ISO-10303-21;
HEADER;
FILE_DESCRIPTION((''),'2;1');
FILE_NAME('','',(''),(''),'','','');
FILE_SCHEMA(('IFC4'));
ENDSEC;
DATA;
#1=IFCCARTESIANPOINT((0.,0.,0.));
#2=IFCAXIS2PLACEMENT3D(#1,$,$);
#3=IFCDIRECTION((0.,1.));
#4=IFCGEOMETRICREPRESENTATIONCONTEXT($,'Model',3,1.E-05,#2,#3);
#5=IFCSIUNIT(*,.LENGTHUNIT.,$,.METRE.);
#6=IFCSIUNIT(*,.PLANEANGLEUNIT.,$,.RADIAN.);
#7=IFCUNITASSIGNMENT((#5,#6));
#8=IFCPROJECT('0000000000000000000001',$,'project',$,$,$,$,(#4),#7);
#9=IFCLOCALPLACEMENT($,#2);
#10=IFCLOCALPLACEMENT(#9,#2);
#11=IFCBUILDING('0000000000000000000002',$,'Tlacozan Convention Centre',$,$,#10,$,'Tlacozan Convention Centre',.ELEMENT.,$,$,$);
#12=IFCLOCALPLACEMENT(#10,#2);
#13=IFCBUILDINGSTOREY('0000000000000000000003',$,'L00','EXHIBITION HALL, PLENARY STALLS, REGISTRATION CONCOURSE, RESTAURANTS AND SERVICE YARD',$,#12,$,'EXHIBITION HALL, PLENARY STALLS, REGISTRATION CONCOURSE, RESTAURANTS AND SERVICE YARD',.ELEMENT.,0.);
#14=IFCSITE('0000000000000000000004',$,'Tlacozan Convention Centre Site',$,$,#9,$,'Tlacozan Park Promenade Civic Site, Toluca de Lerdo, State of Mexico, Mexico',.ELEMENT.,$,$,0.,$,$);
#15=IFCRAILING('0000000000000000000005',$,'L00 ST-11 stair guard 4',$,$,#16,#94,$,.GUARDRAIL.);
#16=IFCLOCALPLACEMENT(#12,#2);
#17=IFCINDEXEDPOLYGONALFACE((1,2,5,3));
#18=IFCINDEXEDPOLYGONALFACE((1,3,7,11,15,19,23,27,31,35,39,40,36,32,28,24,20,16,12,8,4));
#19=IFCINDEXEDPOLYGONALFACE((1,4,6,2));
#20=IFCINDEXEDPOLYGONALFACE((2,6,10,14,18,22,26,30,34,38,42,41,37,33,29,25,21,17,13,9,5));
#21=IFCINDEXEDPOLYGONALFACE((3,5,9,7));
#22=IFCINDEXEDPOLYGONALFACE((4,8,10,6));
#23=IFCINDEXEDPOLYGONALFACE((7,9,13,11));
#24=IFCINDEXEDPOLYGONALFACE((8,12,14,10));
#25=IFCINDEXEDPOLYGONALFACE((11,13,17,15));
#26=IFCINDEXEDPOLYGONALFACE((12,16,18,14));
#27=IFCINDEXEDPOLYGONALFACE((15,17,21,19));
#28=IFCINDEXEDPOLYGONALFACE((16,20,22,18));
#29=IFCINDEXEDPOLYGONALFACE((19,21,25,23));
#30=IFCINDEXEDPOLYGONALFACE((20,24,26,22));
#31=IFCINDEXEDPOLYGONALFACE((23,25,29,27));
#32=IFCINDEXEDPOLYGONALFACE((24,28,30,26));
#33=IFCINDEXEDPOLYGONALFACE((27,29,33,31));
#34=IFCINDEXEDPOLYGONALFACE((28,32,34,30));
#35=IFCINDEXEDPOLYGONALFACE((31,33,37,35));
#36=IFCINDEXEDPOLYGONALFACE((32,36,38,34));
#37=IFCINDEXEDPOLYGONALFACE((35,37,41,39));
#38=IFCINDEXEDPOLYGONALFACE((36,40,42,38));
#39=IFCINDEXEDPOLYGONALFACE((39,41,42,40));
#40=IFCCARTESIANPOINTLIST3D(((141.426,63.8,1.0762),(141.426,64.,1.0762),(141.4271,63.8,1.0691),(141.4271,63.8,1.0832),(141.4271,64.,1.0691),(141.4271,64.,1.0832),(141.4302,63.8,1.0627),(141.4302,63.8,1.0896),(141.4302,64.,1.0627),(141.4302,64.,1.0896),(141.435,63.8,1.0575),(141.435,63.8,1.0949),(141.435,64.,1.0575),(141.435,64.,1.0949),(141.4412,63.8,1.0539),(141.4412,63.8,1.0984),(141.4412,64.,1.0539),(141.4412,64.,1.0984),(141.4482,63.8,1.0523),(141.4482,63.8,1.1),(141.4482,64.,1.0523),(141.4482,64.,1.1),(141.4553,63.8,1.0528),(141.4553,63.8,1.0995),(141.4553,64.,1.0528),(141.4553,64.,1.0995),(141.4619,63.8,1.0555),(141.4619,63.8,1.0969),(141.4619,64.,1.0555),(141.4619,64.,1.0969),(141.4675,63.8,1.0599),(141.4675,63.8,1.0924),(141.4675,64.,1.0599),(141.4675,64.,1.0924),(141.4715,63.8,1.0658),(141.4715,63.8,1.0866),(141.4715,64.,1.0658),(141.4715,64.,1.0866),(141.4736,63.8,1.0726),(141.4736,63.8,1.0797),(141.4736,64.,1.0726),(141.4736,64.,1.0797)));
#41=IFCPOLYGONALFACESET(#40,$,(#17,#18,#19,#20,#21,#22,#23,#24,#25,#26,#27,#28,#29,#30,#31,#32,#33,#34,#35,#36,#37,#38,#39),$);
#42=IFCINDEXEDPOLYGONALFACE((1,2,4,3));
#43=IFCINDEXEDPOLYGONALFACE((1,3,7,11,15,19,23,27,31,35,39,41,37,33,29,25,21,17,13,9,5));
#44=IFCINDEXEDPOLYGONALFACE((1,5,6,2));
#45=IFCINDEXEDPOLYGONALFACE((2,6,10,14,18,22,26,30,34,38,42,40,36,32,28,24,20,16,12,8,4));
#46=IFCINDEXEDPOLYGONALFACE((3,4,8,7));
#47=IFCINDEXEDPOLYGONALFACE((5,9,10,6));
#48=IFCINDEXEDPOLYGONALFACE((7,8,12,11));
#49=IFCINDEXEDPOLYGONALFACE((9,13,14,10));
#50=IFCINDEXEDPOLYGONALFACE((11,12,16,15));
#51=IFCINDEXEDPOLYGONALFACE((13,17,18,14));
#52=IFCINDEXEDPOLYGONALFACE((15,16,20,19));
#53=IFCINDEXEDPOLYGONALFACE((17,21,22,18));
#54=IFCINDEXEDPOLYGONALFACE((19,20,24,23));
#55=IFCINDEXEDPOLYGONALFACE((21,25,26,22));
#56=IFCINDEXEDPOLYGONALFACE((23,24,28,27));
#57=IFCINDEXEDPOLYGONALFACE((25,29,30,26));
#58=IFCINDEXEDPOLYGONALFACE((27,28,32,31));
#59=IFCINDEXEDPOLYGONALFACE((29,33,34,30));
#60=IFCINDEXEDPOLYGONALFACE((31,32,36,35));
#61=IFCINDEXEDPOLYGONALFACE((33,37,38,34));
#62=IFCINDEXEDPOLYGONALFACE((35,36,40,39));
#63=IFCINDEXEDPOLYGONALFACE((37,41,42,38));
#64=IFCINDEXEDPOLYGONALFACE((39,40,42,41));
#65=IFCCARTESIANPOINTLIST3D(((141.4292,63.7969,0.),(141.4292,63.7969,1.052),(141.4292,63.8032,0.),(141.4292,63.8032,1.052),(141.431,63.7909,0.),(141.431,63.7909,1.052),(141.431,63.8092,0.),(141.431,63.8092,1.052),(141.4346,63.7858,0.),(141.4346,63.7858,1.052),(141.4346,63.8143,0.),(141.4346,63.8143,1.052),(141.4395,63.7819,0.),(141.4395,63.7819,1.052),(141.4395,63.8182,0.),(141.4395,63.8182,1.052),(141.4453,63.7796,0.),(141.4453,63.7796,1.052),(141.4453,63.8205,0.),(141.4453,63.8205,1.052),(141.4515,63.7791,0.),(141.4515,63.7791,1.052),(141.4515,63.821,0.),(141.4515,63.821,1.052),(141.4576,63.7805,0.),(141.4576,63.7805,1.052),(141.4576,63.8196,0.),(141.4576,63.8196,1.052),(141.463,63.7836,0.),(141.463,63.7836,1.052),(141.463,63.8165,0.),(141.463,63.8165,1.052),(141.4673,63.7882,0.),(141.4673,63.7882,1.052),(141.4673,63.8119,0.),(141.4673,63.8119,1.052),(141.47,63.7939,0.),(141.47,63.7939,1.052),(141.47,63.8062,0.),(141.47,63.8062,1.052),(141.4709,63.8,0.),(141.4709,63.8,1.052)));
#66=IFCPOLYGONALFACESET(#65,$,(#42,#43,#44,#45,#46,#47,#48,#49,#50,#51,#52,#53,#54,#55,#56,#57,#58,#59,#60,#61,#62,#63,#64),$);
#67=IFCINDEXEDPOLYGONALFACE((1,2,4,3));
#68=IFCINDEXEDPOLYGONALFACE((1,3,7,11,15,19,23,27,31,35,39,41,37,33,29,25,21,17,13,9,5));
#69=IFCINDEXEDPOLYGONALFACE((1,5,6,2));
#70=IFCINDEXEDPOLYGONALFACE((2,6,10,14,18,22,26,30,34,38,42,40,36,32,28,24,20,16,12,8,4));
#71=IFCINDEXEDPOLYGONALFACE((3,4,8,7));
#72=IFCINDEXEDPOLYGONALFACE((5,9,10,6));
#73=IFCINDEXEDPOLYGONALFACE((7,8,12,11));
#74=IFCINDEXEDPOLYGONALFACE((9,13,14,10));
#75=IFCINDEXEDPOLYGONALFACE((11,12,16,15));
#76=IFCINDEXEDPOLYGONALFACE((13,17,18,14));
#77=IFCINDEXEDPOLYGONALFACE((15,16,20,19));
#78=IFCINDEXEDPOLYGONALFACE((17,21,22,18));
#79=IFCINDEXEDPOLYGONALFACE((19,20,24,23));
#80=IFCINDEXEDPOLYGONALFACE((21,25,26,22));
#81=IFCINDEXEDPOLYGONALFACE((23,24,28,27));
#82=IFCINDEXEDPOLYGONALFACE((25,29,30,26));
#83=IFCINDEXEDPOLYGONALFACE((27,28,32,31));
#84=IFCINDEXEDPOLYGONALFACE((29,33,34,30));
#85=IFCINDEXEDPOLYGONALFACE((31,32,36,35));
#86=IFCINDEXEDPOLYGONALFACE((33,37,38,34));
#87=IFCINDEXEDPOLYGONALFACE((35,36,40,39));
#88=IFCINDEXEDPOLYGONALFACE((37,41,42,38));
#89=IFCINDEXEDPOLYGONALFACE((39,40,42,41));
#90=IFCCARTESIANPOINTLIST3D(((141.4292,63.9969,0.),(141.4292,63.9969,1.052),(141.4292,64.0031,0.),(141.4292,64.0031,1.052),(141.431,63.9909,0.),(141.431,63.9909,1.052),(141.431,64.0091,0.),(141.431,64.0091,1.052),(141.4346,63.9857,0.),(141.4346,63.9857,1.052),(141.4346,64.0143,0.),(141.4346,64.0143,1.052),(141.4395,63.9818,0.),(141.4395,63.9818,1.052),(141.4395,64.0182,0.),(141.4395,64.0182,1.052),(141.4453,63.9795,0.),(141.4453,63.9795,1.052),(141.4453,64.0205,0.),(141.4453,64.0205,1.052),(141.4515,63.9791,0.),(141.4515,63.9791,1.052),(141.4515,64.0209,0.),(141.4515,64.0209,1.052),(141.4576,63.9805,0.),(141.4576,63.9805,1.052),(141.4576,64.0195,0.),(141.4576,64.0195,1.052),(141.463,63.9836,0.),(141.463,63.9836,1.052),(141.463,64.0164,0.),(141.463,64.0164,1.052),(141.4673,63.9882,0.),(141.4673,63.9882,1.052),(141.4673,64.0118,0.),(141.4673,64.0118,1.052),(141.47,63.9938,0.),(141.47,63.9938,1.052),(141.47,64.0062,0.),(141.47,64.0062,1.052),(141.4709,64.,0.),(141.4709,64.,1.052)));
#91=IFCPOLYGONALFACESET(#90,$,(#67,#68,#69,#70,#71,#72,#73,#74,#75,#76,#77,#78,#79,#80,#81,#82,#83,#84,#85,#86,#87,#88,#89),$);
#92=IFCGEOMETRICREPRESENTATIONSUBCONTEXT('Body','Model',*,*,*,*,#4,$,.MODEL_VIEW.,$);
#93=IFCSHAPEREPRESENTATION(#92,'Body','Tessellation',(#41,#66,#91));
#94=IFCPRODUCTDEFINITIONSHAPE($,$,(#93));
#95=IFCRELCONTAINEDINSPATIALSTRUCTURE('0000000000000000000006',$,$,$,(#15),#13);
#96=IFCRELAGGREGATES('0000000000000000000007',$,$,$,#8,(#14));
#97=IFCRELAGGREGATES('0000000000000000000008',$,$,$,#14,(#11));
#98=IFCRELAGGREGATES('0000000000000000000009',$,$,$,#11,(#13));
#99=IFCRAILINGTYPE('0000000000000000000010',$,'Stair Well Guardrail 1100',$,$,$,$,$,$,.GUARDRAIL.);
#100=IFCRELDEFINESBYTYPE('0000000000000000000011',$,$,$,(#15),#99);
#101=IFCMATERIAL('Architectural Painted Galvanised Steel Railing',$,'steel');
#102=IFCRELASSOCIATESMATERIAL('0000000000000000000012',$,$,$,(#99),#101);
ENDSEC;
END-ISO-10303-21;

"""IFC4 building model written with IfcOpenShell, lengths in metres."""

from ifc_helpers import new_model, si_unit, direction, frame, origin, origin_2d, place, context, subcontext, project, spatial, circle, extrude, material, type_object, element, save


model = new_model("IFC4")

# Units and contexts
model_context = context("Model", 3, precision=1e-05, world=origin(), true_north=direction((0.0, 1.0)))
body_context = subcontext(model_context, "Body", "Model", "MODEL_VIEW")
ifc_project = project(units=[si_unit("LENGTHUNIT", "METRE"), si_unit("PLANEANGLEUNIT", "RADIAN")], contexts=[model_context])

# Site, building, storey
site_placement = place(None, origin())
site = spatial("IfcSite", under=ifc_project, at=site_placement, Name="Tlacozan Convention Centre Site", LongName="Tlacozan Park Promenade Civic Site, Toluca de Lerdo, State of Mexico, Mexico", CompositionType="ELEMENT", RefElevation=0.0)
building_placement = place(site_placement, origin())
building = spatial("IfcBuilding", under=site, at=building_placement, Name="Tlacozan Convention Centre", LongName="Tlacozan Convention Centre", CompositionType="ELEMENT")
storey_placement = place(building_placement, origin())
storey = spatial("IfcBuildingStorey", under=building, at=storey_placement, Name="L00", Description="EXHIBITION HALL, PLENARY STALLS, REGISTRATION CONCOURSE, RESTAURANTS AND SERVICE YARD", LongName="EXHIBITION HALL, PLENARY STALLS, REGISTRATION CONCOURSE, RESTAURANTS AND SERVICE YARD", CompositionType="ELEMENT", Elevation=0.0)

# Railing
ifc_material_1 = material(Name="Architectural Painted Galvanised Steel Railing", Category="steel")
railing_type_1 = type_object("IfcRailingType", Name="Stair Well Guardrail 1100", PredefinedType="GUARDRAIL", material=ifc_material_1)
railing_1_placement = place(storey_placement, frame((141.45, 63.8, 0.0)))
element("IfcRailing", 1, at=railing_1_placement, inside=storey, type_object=railing_type_1, Name="L00 ST-11 stair guard 4", PredefinedType="GUARDRAIL", context=body_context, shape_type="SweptSolid", body=[
    extrude(circle(Radius=0.0239, at=origin_2d()), frame((0.0, 0.0, 1.0762), z_axis=(0.0, 1.0, 0.0), x_axis=(-1.0, 0.0, 0.0)), (0.0, 0.0, 1.0), 0.2),
    extrude(circle(Radius=0.021, at=origin_2d()), origin(), (0.0, 0.0, 1.0), 1.052),
    extrude(circle(Radius=0.021, at=origin_2d()), frame((0.0, 0.2, 0.0)), (0.0, 0.0, 1.0), 1.052),
])

save(model, "model.ifc")
